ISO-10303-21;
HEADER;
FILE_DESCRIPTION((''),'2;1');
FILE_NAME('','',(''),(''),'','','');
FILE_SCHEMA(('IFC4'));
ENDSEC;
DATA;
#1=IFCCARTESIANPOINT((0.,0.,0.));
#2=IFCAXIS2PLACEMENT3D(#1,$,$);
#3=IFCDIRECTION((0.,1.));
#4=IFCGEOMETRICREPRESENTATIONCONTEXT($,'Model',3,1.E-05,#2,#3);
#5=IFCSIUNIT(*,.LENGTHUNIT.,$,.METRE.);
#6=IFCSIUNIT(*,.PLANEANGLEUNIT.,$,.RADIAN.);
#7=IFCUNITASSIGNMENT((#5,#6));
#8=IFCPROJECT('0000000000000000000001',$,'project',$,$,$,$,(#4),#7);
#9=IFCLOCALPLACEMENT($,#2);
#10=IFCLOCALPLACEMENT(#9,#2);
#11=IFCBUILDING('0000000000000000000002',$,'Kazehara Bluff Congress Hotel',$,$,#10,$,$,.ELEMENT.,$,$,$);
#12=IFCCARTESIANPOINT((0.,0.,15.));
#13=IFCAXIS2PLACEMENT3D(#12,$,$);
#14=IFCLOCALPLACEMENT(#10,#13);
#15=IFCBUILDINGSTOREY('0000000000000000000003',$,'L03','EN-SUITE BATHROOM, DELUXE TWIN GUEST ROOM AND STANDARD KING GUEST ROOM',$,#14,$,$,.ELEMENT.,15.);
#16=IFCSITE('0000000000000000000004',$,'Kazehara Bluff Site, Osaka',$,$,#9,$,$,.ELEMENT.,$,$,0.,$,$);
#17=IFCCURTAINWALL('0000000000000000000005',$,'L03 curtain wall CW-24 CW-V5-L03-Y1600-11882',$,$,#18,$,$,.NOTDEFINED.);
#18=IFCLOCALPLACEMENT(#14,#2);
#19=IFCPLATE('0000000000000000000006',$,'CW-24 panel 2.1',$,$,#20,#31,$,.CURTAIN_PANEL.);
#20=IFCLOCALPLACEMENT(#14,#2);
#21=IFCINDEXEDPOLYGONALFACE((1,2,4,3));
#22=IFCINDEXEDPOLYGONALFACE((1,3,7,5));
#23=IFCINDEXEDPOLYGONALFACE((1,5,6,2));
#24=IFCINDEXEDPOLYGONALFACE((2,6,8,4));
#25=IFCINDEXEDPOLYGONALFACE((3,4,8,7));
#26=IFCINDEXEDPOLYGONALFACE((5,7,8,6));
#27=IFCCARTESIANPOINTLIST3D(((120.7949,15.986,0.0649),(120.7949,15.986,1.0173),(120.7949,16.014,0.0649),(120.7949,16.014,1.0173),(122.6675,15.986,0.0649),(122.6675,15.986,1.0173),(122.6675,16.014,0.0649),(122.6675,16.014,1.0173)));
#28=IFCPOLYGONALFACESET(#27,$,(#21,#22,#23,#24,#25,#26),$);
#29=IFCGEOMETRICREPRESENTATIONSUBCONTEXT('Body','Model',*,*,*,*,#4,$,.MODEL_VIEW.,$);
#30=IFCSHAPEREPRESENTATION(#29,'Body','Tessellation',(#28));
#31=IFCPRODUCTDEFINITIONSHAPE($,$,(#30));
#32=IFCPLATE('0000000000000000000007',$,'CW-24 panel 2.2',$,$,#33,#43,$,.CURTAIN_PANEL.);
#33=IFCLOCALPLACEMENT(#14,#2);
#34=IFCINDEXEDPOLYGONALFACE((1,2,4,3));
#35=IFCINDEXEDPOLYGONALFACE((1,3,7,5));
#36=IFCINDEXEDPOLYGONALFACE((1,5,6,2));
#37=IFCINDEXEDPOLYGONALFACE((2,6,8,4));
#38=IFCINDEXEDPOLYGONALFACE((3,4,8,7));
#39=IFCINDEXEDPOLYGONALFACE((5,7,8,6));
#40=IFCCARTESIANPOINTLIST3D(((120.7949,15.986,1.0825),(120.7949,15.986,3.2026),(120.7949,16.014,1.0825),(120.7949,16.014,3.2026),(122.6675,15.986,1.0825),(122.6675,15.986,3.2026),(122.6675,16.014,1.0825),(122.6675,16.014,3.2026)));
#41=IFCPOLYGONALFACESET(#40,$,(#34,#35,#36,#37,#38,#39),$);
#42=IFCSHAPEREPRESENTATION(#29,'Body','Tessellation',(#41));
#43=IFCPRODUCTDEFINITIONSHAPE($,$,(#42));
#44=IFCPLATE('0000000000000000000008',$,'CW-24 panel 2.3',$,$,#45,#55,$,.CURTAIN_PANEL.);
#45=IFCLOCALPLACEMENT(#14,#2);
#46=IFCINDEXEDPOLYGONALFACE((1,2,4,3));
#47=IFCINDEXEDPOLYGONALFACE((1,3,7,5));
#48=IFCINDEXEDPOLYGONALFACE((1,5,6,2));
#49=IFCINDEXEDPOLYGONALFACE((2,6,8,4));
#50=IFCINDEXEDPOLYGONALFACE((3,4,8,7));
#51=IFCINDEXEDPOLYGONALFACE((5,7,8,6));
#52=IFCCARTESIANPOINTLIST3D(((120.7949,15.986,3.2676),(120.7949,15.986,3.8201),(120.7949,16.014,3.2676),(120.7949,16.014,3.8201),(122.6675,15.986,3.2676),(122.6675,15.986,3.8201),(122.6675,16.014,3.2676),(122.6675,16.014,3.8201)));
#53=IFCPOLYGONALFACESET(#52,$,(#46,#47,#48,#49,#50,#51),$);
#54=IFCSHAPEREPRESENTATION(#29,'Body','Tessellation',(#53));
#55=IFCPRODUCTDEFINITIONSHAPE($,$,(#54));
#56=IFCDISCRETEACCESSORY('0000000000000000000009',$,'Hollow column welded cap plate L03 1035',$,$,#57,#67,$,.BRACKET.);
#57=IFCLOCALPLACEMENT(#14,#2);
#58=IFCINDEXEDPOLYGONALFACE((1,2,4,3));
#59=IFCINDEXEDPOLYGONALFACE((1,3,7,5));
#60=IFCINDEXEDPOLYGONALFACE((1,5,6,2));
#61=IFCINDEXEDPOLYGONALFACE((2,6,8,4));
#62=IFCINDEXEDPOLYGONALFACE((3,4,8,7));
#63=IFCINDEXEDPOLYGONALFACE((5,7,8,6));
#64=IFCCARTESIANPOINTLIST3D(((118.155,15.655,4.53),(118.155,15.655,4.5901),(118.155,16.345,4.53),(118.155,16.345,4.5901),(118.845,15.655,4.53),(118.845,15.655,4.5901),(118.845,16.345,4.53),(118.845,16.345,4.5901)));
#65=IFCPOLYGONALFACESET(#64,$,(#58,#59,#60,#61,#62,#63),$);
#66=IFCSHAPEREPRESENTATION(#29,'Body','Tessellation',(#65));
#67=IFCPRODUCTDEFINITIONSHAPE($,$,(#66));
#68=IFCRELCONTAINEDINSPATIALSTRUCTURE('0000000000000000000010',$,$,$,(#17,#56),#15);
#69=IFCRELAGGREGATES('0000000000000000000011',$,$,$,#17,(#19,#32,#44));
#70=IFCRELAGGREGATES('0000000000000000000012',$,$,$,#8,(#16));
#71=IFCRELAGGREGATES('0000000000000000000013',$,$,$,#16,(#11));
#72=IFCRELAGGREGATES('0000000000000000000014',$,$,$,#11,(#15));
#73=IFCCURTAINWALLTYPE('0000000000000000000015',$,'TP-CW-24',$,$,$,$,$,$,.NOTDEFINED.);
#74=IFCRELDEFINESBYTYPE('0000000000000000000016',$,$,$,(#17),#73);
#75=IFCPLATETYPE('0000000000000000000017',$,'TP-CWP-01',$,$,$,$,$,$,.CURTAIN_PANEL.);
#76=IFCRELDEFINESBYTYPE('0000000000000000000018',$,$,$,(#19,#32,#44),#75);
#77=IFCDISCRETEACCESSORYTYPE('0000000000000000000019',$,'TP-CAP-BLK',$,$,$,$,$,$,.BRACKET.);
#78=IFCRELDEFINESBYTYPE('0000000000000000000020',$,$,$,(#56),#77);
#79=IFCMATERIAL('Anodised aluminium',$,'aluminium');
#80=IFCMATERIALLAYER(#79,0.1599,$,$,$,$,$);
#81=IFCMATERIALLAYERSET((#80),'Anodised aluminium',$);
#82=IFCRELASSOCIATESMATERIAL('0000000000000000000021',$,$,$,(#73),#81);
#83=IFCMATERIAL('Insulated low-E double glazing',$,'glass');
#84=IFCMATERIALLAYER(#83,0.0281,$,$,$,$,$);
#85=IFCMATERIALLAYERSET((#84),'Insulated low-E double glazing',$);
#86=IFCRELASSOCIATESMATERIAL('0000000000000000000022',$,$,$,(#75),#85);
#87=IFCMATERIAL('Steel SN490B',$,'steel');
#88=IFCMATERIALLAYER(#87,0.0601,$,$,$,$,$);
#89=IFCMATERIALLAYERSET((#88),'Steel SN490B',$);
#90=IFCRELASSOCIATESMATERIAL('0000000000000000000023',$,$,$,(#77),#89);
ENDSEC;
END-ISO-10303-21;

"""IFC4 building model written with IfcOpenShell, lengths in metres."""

from ifc_helpers import new_model, si_unit, direction, frame, origin, origin_2d, place, context, subcontext, project, spatial, rectangle, extrude, material, layer, layer_set, type_object, element, aggregate, save


model = new_model("IFC4")

# Units and contexts
model_context = context("Model", 3, precision=1e-05, world=origin(), true_north=direction((0.0, 1.0)))
body_context = subcontext(model_context, "Body", "Model", "MODEL_VIEW")
ifc_project = project(units=[si_unit("LENGTHUNIT", "METRE"), si_unit("PLANEANGLEUNIT", "RADIAN")], contexts=[model_context])

# Site, building, storey
site_placement = place(None, origin())
site = spatial("IfcSite", under=ifc_project, at=site_placement, Name="Kazehara Bluff Site, Osaka", CompositionType="ELEMENT", RefElevation=0.0)
building_placement = place(site_placement, origin())
building = spatial("IfcBuilding", under=site, at=building_placement, Name="Kazehara Bluff Congress Hotel", CompositionType="ELEMENT")
storey_placement = place(building_placement, frame((0.0, 0.0, 15.0)))
storey = spatial("IfcBuildingStorey", under=building, at=storey_placement, Name="L03", Description="EN-SUITE BATHROOM, DELUXE TWIN GUEST ROOM AND STANDARD KING GUEST ROOM", CompositionType="ELEMENT", Elevation=15.0)

# Curtain wall
ifc_material_1 = material(Name="Anodised aluminium", Category="aluminium")
ifc_layer_1 = layer(ifc_material_1, 0.1599)
ifc_layer_set_1 = layer_set([ifc_layer_1], Name="Anodised aluminium")
curtain_wall_type_1 = type_object("IfcCurtainWallType", Name="TP-CW-24", PredefinedType="NOTDEFINED", material=ifc_layer_set_1)
curtain_wall_1_placement = place(storey_placement, origin())
curtain_wall_1 = element("IfcCurtainWall", 1, at=curtain_wall_1_placement, inside=storey, type_object=curtain_wall_type_1, Name="L03 curtain wall CW-24 CW-V5-L03-Y1600-11882", PredefinedType="NOTDEFINED")

# Plates
ifc_material_2 = material(Name="Insulated low-E double glazing", Category="glass")
ifc_layer_2 = layer(ifc_material_2, 0.0281)
ifc_layer_set_2 = layer_set([ifc_layer_2], Name="Insulated low-E double glazing")
plate_type = type_object("IfcPlateType", Name="TP-CWP-01", PredefinedType="CURTAIN_PANEL", material=ifc_layer_set_2)
plate_1_placement = place(storey_placement, frame((121.7312, 16.0, 0.0649), z_axis=(0.0, 0.0, 1.0), x_axis=(1.0, 0.0, 0.0)))
plate_1 = element("IfcPlate", 2, at=plate_1_placement, type_object=plate_type, Name="CW-24 panel 2.1", PredefinedType="CURTAIN_PANEL", context=body_context, shape_type="SweptSolid", body=[
    extrude(rectangle(XDim=1.8726, YDim=0.0281, at=origin_2d()), origin(), (0.0, 0.0, 1.0), 0.9524),
])
plate_2_placement = place(storey_placement, frame((121.7312, 16.0, 1.0825), z_axis=(0.0, 0.0, 1.0), x_axis=(1.0, 0.0, 0.0)))
plate_2 = element("IfcPlate", 3, at=plate_2_placement, type_object=plate_type, Name="CW-24 panel 2.2", PredefinedType="CURTAIN_PANEL", context=body_context, shape_type="SweptSolid", body=[
    extrude(rectangle(XDim=1.8726, YDim=0.0281, at=origin_2d()), origin(), (0.0, 0.0, 1.0), 2.1201),
])
plate_3_placement = place(storey_placement, frame((121.7312, 16.0, 3.2676), z_axis=(0.0, 0.0, 1.0), x_axis=(1.0, 0.0, 0.0)))
plate_3 = element("IfcPlate", 4, at=plate_3_placement, type_object=plate_type, Name="CW-24 panel 2.3", PredefinedType="CURTAIN_PANEL", context=body_context, shape_type="SweptSolid", body=[
    extrude(rectangle(XDim=1.8726, YDim=0.0281, at=origin_2d()), origin(), (0.0, 0.0, 1.0), 0.5525),
])
aggregate(curtain_wall_1, [plate_1, plate_2, plate_3])

# Discrete accessory
ifc_material_3 = material(Name="Steel SN490B", Category="steel")
ifc_layer_3 = layer(ifc_material_3, 0.0601)
ifc_layer_set_3 = layer_set([ifc_layer_3], Name="Steel SN490B")
discrete_accessory_type = type_object("IfcDiscreteAccessoryType", Name="TP-CAP-BLK", PredefinedType="BRACKET", material=ifc_layer_set_3)
discrete_accessory_placement = place(storey_placement, frame((118.5, 16.0, 4.53), z_axis=(0.0, 0.0, 1.0), x_axis=(1.0, 0.0, 0.0)))
element("IfcDiscreteAccessory", 5, at=discrete_accessory_placement, inside=storey, type_object=discrete_accessory_type, Name="Hollow column welded cap plate L03 1035", PredefinedType="BRACKET", context=body_context, shape_type="SweptSolid", body=[
    extrude(rectangle(XDim=0.6899, YDim=0.6899, at=origin_2d()), origin(), (0.0, 0.0, 1.0), 0.0601),
])

save(model, "model.ifc")
